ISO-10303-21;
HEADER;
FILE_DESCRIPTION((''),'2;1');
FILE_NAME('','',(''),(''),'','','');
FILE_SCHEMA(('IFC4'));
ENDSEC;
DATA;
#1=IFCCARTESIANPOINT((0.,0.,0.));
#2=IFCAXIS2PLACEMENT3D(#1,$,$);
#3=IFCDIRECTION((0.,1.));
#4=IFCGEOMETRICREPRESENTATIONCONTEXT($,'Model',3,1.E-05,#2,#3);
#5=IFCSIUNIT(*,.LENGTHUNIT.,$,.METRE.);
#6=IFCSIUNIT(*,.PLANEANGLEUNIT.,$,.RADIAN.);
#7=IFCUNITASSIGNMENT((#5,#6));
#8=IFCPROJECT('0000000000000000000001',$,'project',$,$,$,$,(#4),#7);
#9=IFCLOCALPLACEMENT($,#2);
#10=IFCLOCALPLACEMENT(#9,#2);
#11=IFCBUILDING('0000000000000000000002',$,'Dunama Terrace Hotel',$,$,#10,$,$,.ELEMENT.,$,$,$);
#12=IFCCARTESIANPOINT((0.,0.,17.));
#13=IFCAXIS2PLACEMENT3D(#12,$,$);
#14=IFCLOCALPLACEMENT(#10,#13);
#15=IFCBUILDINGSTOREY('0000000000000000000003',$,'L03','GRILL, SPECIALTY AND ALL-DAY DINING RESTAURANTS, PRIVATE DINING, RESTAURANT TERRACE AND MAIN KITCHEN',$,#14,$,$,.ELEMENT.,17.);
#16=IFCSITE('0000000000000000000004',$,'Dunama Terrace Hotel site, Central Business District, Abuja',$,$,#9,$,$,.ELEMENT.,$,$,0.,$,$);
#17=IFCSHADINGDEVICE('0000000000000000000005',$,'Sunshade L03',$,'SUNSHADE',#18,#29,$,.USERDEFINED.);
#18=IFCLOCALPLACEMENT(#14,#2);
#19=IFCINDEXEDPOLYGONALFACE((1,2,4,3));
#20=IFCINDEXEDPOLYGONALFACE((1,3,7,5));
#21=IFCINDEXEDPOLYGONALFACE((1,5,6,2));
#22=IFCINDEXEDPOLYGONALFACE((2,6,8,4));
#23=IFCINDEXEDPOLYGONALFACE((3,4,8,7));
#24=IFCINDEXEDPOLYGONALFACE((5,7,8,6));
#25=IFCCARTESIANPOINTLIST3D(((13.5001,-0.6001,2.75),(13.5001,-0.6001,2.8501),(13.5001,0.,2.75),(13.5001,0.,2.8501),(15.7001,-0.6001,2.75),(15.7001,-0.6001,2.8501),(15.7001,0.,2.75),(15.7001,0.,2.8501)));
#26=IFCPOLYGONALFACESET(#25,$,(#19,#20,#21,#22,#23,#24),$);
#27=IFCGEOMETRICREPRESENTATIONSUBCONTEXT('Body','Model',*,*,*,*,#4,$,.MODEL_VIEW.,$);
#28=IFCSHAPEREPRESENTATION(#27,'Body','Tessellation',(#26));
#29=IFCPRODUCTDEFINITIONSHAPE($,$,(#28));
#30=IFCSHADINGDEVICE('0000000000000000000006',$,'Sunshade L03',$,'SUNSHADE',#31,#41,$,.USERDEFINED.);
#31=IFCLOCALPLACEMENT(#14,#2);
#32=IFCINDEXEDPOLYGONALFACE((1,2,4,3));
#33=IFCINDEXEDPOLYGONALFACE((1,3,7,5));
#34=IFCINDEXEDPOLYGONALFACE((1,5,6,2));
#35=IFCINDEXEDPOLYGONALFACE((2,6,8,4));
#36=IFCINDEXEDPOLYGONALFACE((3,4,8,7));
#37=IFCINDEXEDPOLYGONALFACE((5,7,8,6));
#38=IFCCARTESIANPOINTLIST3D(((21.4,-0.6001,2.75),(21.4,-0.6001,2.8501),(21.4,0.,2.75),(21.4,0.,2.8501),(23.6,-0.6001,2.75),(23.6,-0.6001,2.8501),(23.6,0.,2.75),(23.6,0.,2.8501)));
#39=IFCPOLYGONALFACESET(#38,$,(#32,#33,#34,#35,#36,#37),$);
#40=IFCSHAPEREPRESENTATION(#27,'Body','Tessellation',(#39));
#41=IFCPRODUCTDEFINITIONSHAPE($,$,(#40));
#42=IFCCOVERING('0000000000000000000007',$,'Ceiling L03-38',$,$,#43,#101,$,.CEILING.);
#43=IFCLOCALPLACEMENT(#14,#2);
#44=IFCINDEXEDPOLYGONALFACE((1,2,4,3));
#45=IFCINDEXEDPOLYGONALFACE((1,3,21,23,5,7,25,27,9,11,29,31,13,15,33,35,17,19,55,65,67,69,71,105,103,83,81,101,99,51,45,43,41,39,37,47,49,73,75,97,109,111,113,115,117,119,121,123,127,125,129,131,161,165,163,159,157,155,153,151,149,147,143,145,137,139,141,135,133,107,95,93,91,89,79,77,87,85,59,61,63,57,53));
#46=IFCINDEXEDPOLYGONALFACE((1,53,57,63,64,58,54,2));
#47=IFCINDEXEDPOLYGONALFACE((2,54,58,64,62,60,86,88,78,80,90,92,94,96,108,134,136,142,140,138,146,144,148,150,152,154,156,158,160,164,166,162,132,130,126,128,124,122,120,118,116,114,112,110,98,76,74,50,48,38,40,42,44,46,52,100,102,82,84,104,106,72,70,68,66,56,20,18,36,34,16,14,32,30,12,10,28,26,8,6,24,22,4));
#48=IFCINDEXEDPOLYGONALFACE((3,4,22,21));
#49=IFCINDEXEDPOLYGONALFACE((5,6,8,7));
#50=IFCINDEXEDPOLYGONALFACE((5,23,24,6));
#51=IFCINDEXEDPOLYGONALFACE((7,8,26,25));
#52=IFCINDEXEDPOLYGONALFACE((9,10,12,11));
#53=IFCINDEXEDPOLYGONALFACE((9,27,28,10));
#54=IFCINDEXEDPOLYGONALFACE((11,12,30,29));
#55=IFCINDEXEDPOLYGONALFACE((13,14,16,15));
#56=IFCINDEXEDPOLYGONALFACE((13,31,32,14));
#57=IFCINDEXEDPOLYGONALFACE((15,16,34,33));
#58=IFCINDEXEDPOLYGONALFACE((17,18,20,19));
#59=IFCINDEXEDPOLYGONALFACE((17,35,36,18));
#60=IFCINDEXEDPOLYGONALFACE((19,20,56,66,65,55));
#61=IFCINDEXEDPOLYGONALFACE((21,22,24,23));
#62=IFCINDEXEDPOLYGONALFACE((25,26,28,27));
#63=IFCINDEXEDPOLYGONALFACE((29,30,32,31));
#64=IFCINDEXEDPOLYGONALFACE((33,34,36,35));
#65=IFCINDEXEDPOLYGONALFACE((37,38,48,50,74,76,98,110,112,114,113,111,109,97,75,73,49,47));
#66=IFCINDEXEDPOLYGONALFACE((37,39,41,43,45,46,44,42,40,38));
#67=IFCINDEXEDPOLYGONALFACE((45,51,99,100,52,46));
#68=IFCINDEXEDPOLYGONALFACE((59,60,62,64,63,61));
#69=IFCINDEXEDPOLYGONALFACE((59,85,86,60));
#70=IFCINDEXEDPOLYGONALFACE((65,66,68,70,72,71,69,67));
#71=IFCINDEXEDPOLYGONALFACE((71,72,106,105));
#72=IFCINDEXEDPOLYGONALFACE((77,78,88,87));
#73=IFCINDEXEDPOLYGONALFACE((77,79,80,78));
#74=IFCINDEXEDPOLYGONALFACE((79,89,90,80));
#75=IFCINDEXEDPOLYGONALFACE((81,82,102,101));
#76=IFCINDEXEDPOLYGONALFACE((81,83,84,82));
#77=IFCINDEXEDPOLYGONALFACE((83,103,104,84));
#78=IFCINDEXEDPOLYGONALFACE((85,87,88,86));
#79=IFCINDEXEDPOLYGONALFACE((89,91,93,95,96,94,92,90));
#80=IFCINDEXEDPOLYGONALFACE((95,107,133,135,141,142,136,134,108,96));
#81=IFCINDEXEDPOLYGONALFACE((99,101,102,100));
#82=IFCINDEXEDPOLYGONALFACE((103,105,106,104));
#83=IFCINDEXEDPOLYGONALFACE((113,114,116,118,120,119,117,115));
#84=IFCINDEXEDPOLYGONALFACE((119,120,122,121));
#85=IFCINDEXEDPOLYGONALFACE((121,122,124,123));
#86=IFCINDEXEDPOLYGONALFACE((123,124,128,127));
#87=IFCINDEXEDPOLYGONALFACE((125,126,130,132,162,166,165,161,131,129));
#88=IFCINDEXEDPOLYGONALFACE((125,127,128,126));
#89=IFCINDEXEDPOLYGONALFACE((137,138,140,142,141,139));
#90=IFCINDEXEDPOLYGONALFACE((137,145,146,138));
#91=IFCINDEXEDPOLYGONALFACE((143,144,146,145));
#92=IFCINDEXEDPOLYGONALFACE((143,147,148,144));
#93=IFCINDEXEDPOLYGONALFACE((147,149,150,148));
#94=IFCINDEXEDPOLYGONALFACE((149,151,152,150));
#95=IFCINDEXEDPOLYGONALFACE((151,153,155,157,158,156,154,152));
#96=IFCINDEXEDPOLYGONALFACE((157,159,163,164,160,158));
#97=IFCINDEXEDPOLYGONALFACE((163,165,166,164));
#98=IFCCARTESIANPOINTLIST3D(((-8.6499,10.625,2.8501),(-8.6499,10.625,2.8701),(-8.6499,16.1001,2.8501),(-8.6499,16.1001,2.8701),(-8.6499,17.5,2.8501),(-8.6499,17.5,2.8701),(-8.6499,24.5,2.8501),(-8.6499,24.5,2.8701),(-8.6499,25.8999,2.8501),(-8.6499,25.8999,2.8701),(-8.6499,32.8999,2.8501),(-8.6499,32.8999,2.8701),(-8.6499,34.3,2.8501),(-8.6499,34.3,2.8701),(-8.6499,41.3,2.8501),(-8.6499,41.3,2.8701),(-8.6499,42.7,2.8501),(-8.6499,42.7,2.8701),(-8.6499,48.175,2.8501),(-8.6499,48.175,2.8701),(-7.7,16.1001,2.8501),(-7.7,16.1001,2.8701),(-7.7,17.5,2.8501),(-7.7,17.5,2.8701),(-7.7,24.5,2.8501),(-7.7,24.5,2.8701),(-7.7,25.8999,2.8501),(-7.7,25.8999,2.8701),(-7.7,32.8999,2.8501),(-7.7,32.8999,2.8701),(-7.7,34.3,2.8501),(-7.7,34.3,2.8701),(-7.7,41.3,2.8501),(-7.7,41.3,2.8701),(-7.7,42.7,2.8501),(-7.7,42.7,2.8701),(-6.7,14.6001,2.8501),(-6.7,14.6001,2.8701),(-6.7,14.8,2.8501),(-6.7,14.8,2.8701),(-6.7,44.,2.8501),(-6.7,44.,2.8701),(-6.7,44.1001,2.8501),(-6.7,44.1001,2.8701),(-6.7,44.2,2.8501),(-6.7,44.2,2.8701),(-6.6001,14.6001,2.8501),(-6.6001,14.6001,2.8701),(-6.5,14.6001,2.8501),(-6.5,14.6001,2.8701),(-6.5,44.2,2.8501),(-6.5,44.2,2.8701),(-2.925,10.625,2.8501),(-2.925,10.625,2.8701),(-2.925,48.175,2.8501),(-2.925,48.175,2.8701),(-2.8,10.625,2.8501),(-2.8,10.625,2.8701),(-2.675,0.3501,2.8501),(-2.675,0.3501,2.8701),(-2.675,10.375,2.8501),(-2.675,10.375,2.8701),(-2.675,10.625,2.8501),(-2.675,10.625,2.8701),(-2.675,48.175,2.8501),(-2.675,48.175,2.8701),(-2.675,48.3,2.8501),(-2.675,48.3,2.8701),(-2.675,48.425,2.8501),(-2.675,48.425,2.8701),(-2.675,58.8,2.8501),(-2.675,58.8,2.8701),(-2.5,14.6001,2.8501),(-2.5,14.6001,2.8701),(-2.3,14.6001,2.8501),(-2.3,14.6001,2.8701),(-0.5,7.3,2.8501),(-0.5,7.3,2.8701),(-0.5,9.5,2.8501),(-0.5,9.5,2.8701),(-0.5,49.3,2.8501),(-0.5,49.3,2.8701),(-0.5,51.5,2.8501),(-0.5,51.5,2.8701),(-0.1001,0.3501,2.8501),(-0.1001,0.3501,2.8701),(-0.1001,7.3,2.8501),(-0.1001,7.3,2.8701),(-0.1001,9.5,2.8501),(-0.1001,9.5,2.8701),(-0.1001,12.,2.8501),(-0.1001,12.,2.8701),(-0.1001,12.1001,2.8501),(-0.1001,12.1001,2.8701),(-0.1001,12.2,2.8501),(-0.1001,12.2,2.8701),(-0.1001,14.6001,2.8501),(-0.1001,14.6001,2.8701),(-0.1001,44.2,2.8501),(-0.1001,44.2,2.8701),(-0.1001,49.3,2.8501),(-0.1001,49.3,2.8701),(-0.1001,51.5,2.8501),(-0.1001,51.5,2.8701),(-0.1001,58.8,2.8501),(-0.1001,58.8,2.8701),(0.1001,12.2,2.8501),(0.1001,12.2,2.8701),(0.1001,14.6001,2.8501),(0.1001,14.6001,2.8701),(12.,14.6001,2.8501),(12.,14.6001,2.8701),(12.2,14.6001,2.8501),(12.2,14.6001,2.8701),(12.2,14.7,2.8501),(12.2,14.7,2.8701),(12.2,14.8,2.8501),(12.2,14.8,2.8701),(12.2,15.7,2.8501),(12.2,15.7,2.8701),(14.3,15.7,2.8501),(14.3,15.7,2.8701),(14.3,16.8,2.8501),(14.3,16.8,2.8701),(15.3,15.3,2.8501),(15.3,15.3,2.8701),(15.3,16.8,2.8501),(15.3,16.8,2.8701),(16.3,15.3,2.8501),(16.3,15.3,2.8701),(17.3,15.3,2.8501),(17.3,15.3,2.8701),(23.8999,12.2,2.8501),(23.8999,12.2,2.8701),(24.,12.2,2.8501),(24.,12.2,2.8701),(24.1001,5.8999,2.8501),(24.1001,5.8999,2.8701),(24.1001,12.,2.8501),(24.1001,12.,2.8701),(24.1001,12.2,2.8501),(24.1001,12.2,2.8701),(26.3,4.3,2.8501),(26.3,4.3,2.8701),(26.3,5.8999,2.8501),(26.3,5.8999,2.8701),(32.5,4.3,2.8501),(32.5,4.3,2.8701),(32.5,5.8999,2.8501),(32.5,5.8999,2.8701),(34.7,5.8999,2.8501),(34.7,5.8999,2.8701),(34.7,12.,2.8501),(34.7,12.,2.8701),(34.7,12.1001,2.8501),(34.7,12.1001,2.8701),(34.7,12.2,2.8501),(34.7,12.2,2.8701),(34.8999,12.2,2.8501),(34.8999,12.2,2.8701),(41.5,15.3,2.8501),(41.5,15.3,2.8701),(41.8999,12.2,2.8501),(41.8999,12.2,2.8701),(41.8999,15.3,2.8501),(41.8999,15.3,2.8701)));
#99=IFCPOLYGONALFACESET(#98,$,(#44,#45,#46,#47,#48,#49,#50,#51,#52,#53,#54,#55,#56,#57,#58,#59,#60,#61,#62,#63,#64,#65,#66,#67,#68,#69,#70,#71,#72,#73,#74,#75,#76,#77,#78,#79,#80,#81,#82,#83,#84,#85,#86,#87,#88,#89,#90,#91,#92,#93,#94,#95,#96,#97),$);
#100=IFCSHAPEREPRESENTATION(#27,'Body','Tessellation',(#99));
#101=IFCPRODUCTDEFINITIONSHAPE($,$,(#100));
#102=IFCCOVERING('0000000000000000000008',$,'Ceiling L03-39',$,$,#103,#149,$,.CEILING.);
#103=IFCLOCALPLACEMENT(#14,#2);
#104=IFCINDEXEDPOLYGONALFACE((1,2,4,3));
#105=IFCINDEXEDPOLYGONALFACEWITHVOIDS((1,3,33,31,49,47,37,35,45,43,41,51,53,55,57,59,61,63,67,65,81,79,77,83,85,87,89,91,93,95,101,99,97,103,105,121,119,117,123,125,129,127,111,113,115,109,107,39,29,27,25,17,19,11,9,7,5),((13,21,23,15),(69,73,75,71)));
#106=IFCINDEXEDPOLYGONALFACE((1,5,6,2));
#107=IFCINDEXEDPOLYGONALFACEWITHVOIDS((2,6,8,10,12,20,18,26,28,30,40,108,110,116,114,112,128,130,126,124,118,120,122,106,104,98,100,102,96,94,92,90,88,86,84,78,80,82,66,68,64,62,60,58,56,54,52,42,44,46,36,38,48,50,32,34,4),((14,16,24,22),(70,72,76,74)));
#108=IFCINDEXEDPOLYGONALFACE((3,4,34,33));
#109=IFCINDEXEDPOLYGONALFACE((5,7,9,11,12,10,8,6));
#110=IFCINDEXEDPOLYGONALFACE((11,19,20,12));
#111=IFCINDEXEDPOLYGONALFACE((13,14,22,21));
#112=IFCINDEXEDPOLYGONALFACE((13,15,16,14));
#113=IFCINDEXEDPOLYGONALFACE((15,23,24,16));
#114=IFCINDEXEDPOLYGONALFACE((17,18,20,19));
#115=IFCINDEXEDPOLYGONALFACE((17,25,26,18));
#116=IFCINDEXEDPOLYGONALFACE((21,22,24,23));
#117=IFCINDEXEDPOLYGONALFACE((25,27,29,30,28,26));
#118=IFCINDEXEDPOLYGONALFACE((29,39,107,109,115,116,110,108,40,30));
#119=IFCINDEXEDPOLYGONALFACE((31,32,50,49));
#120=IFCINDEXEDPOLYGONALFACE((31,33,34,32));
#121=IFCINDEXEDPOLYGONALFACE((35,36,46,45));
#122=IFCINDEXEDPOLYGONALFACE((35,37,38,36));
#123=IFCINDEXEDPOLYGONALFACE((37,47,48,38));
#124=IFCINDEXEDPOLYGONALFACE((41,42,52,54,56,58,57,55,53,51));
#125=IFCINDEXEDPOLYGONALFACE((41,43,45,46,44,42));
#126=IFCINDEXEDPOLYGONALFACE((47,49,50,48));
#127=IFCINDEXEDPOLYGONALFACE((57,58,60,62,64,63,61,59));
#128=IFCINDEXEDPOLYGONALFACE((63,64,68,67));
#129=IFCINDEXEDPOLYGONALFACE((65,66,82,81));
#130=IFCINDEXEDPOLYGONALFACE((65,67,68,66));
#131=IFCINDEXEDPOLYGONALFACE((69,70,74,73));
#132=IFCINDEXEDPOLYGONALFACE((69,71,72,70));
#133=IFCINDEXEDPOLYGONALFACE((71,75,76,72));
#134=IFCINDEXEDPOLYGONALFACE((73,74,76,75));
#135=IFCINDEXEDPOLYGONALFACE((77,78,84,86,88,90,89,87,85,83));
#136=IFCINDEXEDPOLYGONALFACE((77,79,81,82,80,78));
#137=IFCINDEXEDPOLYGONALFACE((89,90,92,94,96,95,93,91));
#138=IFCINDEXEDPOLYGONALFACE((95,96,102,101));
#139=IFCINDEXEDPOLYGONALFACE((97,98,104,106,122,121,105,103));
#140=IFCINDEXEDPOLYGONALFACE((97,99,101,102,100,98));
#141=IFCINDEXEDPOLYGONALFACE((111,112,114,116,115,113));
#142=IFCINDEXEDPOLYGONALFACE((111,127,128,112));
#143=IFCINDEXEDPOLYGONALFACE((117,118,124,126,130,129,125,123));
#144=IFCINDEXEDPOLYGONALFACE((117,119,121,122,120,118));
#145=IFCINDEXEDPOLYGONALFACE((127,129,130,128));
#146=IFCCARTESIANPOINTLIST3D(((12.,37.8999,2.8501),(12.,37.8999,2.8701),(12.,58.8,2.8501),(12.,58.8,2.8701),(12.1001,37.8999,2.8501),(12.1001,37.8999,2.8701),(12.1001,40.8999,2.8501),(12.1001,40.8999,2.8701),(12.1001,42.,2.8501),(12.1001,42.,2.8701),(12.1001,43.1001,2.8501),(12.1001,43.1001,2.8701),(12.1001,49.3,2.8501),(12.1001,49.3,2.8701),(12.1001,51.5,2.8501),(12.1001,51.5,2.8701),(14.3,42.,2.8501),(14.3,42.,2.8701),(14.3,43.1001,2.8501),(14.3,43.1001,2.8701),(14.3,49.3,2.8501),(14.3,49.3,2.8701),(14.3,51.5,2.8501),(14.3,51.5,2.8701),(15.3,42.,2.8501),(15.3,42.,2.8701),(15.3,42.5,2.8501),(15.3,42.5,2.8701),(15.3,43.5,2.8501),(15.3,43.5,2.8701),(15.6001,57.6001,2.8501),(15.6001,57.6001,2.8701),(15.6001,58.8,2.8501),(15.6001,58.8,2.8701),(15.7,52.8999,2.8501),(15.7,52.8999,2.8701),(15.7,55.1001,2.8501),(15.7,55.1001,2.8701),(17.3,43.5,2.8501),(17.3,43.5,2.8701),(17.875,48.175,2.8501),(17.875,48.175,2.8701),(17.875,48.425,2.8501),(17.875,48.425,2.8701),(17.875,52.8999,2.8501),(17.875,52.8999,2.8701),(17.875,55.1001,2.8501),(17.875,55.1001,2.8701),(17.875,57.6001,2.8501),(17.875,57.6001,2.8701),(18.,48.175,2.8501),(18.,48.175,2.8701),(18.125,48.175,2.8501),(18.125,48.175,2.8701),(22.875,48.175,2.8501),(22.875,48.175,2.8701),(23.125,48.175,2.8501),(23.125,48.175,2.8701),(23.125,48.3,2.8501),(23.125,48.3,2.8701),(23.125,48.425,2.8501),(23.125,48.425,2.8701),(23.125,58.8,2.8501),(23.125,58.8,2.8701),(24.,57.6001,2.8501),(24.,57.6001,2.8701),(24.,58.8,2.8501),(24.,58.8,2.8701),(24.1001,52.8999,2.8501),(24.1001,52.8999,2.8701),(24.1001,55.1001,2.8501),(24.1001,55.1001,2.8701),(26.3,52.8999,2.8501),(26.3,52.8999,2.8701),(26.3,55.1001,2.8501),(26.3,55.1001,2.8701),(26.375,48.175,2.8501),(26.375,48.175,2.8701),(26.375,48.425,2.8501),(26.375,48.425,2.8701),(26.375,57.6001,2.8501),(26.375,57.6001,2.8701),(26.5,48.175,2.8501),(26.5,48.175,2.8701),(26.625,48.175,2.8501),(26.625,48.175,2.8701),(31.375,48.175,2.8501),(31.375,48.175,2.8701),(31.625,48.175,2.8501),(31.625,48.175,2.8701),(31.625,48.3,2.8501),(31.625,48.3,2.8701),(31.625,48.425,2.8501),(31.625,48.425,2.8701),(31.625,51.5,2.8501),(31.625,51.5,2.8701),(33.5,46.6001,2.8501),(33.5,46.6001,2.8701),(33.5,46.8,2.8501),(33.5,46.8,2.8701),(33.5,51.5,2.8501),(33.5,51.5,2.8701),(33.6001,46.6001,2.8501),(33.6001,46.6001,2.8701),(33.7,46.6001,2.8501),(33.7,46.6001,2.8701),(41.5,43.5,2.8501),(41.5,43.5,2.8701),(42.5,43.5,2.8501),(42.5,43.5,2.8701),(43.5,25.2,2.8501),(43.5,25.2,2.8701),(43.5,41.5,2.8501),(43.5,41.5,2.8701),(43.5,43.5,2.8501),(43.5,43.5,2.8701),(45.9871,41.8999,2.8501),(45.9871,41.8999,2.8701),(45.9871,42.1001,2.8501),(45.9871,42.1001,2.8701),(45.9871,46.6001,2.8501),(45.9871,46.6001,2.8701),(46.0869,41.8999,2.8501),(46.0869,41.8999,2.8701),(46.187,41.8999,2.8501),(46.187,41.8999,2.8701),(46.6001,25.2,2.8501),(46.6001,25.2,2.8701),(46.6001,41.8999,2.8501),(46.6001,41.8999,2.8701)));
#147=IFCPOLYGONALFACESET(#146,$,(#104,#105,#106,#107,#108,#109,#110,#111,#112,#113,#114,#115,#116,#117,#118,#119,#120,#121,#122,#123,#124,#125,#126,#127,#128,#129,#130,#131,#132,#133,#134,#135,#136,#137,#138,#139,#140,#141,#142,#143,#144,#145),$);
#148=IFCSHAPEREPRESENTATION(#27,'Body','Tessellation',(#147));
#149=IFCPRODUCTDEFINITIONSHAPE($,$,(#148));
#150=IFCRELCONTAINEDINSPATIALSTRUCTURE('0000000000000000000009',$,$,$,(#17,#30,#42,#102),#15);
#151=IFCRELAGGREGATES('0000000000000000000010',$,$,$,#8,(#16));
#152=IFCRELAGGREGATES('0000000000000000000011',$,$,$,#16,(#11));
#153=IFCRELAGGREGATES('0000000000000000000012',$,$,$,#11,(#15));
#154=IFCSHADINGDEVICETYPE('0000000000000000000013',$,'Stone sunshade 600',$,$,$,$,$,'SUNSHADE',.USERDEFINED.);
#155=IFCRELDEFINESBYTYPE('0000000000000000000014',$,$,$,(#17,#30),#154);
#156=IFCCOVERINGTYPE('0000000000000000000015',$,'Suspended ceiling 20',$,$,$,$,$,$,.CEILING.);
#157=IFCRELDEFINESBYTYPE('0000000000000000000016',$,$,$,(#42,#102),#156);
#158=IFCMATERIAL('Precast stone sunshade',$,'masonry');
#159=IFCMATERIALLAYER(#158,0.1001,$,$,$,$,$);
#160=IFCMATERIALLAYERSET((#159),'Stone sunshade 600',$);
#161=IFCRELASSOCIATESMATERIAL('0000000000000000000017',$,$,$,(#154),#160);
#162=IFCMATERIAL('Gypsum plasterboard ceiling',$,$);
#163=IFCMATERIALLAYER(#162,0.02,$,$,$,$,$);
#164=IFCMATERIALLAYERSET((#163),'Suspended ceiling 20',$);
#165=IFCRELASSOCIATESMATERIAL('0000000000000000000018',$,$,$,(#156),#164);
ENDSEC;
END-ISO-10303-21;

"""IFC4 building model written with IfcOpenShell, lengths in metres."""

from ifc_helpers import new_model, si_unit, direction, frame, origin, origin_2d, place, context, subcontext, project, spatial, polyline, rectangle, outline, extrude, material, layer, layer_set, type_object, element, save


model = new_model("IFC4")

# Units and contexts
model_context = context("Model", 3, precision=1e-05, world=origin(), true_north=direction((0.0, 1.0)))
body_context = subcontext(model_context, "Body", "Model", "MODEL_VIEW")
ifc_project = project(units=[si_unit("LENGTHUNIT", "METRE"), si_unit("PLANEANGLEUNIT", "RADIAN")], contexts=[model_context])

# Site, building, storey
site_placement = place(None, origin())
site = spatial("IfcSite", under=ifc_project, at=site_placement, Name="Dunama Terrace Hotel site, Central Business District, Abuja", CompositionType="ELEMENT", RefElevation=0.0)
building_placement = place(site_placement, origin())
building = spatial("IfcBuilding", under=site, at=building_placement, Name="Dunama Terrace Hotel", CompositionType="ELEMENT")
storey_placement = place(building_placement, frame((0.0, 0.0, 17.0)))
storey = spatial("IfcBuildingStorey", under=building, at=storey_placement, Name="L03", Description="GRILL, SPECIALTY AND ALL-DAY DINING RESTAURANTS, PRIVATE DINING, RESTAURANT TERRACE AND MAIN KITCHEN", CompositionType="ELEMENT", Elevation=17.0)

# Shading devices
ifc_material_1 = material(Name="Precast stone sunshade", Category="masonry")
ifc_layer_1 = layer(ifc_material_1, 0.1001)
ifc_layer_set_1 = layer_set([ifc_layer_1], Name="Stone sunshade 600")
shading_device_type = type_object("IfcShadingDeviceType", Name="Stone sunshade 600", ElementType="SUNSHADE", PredefinedType="USERDEFINED", material=ifc_layer_set_1)
for number, where, z_axis, x_axis, name in (
    (1, (14.6001, -0.3, 2.75), (0.0, 0.0, 1.0), (1.0, 0.0, 0.0), "Sunshade L03"),
    (2, (22.5, -0.3, 2.75), (0.0, 0.0, 1.0), (1.0, 0.0, 0.0), "Sunshade L03"),
):
    element("IfcShadingDevice", number, at=place(storey_placement, frame(where, z_axis=z_axis, x_axis=x_axis)), inside=storey, type_object=shading_device_type, Name=name, ObjectType="SUNSHADE", PredefinedType="USERDEFINED", context=body_context, shape_type="SweptSolid", body=[
        extrude(rectangle(XDim=2.2, YDim=0.6001, at=origin_2d()), origin(), (0.0, 0.0, 1.0), 0.1001),
    ])

# Coverings
ifc_material_2 = material(Name="Gypsum plasterboard ceiling")
ifc_layer_2 = layer(ifc_material_2, 0.02)
ifc_layer_set_2 = layer_set([ifc_layer_2], Name="Suspended ceiling 20")
covering_type_1 = type_object("IfcCoveringType", Name="Suspended ceiling 20", PredefinedType="CEILING", material=ifc_layer_set_2)
covering_1_placement = place(storey_placement, frame((0.0, 0.0, 2.8501)))
element("IfcCovering", 3, at=covering_1_placement, inside=storey, type_object=covering_type_1, Name="Ceiling L03-38", PredefinedType="CEILING", context=body_context, shape_type="SweptSolid", body=[
    extrude(outline(polyline([(-0.1001, 51.5), (-0.1001, 58.8), (-2.675, 58.8), (-2.675, 48.425), (-2.675, 48.3), (-2.675, 48.175), (-2.925, 48.175), (-8.6499, 48.175), (-8.6499, 42.7), (-7.7, 42.7), (-7.7, 41.3), (-8.6499, 41.3), (-8.6499, 34.3), (-7.7, 34.3), (-7.7, 32.8999), (-8.6499, 32.8999), (-8.6499, 25.8999), (-7.7, 25.8999), (-7.7, 24.5), (-8.6499, 24.5), (-8.6499, 17.5), (-7.7, 17.5), (-7.7, 16.1001), (-8.6499, 16.1001), (-8.6499, 10.625), (-2.925, 10.625), (-2.8, 10.625), (-2.675, 10.625), (-2.675, 10.375), (-2.675, 0.3501), (-0.1001, 0.3501), (-0.1001, 7.3), (-0.5, 7.3), (-0.5, 9.5), (-0.1001, 9.5), (-0.1001, 12.0), (-0.1001, 12.1001), (-0.1001, 12.2), (0.1001, 12.2), (23.8999, 12.2), (24.0, 12.2), (24.1001, 12.2), (24.1001, 12.0), (24.1001, 5.8999), (26.3, 5.8999), (26.3, 4.3), (32.5, 4.3), (32.5, 5.8999), (34.7, 5.8999), (34.7, 12.0), (34.7, 12.1001), (34.7, 12.2), (34.8999, 12.2), (41.8999, 12.2), (41.8999, 15.3), (41.5, 15.3), (17.3, 15.3), (16.3, 15.3), (15.3, 15.3), (15.3, 16.8), (14.3, 16.8), (14.3, 15.7), (12.2, 15.7), (12.2, 14.8), (12.2, 14.7), (12.2, 14.6001), (12.0, 14.6001), (0.1001, 14.6001), (-0.1001, 14.6001), (-2.3, 14.6001), (-2.5, 14.6001), (-6.5, 14.6001), (-6.6001, 14.6001), (-6.7, 14.6001), (-6.7, 14.8), (-6.7, 44.0), (-6.7, 44.1001), (-6.7, 44.2), (-6.5, 44.2), (-0.1001, 44.2), (-0.1001, 49.3), (-0.5, 49.3), (-0.5, 51.5), (-0.1001, 51.5)])), origin(), (0.0, 0.0, 1.0), 0.02),
])
covering_2_placement = place(storey_placement, frame((0.0, 0.0, 2.8501)))
element("IfcCovering", 4, at=covering_2_placement, inside=storey, type_object=covering_type_1, Name="Ceiling L03-39", PredefinedType="CEILING", context=body_context, shape_type="SweptSolid", body=[
    extrude(outline(polyline([(43.5, 41.5), (43.5, 25.2), (46.6001, 25.2), (46.6001, 41.8999), (46.187, 41.8999), (46.0869, 41.8999), (45.9871, 41.8999), (45.9871, 42.1001), (45.9871, 46.6001), (33.7, 46.6001), (33.6001, 46.6001), (33.5, 46.6001), (33.5, 46.8), (33.5, 51.5), (31.625, 51.5), (31.625, 48.425), (31.625, 48.3), (31.625, 48.175), (31.375, 48.175), (26.625, 48.175), (26.5, 48.175), (26.375, 48.175), (26.375, 48.425), (26.375, 57.6001), (24.0, 57.6001), (24.0, 58.8), (23.125, 58.8), (23.125, 48.425), (23.125, 48.3), (23.125, 48.175), (22.875, 48.175), (18.125, 48.175), (18.0, 48.175), (17.875, 48.175), (17.875, 48.425), (17.875, 52.8999), (15.7, 52.8999), (15.7, 55.1001), (17.875, 55.1001), (17.875, 57.6001), (15.6001, 57.6001), (15.6001, 58.8), (12.0, 58.8), (12.0, 37.8999), (12.1001, 37.8999), (12.1001, 40.8999), (12.1001, 42.0), (12.1001, 43.1001), (14.3, 43.1001), (14.3, 42.0), (15.3, 42.0), (15.3, 42.5), (15.3, 43.5), (17.3, 43.5), (41.5, 43.5), (42.5, 43.5), (43.5, 43.5), (43.5, 41.5)]), holes=[polyline([(12.1001, 49.3), (12.1001, 51.5), (14.3, 51.5), (14.3, 49.3), (12.1001, 49.3)]), polyline([(24.1001, 52.8999), (24.1001, 55.1001), (26.3, 55.1001), (26.3, 52.8999), (24.1001, 52.8999)])]), origin(), (0.0, 0.0, 1.0), 0.02),
])

save(model, "model.ifc")
